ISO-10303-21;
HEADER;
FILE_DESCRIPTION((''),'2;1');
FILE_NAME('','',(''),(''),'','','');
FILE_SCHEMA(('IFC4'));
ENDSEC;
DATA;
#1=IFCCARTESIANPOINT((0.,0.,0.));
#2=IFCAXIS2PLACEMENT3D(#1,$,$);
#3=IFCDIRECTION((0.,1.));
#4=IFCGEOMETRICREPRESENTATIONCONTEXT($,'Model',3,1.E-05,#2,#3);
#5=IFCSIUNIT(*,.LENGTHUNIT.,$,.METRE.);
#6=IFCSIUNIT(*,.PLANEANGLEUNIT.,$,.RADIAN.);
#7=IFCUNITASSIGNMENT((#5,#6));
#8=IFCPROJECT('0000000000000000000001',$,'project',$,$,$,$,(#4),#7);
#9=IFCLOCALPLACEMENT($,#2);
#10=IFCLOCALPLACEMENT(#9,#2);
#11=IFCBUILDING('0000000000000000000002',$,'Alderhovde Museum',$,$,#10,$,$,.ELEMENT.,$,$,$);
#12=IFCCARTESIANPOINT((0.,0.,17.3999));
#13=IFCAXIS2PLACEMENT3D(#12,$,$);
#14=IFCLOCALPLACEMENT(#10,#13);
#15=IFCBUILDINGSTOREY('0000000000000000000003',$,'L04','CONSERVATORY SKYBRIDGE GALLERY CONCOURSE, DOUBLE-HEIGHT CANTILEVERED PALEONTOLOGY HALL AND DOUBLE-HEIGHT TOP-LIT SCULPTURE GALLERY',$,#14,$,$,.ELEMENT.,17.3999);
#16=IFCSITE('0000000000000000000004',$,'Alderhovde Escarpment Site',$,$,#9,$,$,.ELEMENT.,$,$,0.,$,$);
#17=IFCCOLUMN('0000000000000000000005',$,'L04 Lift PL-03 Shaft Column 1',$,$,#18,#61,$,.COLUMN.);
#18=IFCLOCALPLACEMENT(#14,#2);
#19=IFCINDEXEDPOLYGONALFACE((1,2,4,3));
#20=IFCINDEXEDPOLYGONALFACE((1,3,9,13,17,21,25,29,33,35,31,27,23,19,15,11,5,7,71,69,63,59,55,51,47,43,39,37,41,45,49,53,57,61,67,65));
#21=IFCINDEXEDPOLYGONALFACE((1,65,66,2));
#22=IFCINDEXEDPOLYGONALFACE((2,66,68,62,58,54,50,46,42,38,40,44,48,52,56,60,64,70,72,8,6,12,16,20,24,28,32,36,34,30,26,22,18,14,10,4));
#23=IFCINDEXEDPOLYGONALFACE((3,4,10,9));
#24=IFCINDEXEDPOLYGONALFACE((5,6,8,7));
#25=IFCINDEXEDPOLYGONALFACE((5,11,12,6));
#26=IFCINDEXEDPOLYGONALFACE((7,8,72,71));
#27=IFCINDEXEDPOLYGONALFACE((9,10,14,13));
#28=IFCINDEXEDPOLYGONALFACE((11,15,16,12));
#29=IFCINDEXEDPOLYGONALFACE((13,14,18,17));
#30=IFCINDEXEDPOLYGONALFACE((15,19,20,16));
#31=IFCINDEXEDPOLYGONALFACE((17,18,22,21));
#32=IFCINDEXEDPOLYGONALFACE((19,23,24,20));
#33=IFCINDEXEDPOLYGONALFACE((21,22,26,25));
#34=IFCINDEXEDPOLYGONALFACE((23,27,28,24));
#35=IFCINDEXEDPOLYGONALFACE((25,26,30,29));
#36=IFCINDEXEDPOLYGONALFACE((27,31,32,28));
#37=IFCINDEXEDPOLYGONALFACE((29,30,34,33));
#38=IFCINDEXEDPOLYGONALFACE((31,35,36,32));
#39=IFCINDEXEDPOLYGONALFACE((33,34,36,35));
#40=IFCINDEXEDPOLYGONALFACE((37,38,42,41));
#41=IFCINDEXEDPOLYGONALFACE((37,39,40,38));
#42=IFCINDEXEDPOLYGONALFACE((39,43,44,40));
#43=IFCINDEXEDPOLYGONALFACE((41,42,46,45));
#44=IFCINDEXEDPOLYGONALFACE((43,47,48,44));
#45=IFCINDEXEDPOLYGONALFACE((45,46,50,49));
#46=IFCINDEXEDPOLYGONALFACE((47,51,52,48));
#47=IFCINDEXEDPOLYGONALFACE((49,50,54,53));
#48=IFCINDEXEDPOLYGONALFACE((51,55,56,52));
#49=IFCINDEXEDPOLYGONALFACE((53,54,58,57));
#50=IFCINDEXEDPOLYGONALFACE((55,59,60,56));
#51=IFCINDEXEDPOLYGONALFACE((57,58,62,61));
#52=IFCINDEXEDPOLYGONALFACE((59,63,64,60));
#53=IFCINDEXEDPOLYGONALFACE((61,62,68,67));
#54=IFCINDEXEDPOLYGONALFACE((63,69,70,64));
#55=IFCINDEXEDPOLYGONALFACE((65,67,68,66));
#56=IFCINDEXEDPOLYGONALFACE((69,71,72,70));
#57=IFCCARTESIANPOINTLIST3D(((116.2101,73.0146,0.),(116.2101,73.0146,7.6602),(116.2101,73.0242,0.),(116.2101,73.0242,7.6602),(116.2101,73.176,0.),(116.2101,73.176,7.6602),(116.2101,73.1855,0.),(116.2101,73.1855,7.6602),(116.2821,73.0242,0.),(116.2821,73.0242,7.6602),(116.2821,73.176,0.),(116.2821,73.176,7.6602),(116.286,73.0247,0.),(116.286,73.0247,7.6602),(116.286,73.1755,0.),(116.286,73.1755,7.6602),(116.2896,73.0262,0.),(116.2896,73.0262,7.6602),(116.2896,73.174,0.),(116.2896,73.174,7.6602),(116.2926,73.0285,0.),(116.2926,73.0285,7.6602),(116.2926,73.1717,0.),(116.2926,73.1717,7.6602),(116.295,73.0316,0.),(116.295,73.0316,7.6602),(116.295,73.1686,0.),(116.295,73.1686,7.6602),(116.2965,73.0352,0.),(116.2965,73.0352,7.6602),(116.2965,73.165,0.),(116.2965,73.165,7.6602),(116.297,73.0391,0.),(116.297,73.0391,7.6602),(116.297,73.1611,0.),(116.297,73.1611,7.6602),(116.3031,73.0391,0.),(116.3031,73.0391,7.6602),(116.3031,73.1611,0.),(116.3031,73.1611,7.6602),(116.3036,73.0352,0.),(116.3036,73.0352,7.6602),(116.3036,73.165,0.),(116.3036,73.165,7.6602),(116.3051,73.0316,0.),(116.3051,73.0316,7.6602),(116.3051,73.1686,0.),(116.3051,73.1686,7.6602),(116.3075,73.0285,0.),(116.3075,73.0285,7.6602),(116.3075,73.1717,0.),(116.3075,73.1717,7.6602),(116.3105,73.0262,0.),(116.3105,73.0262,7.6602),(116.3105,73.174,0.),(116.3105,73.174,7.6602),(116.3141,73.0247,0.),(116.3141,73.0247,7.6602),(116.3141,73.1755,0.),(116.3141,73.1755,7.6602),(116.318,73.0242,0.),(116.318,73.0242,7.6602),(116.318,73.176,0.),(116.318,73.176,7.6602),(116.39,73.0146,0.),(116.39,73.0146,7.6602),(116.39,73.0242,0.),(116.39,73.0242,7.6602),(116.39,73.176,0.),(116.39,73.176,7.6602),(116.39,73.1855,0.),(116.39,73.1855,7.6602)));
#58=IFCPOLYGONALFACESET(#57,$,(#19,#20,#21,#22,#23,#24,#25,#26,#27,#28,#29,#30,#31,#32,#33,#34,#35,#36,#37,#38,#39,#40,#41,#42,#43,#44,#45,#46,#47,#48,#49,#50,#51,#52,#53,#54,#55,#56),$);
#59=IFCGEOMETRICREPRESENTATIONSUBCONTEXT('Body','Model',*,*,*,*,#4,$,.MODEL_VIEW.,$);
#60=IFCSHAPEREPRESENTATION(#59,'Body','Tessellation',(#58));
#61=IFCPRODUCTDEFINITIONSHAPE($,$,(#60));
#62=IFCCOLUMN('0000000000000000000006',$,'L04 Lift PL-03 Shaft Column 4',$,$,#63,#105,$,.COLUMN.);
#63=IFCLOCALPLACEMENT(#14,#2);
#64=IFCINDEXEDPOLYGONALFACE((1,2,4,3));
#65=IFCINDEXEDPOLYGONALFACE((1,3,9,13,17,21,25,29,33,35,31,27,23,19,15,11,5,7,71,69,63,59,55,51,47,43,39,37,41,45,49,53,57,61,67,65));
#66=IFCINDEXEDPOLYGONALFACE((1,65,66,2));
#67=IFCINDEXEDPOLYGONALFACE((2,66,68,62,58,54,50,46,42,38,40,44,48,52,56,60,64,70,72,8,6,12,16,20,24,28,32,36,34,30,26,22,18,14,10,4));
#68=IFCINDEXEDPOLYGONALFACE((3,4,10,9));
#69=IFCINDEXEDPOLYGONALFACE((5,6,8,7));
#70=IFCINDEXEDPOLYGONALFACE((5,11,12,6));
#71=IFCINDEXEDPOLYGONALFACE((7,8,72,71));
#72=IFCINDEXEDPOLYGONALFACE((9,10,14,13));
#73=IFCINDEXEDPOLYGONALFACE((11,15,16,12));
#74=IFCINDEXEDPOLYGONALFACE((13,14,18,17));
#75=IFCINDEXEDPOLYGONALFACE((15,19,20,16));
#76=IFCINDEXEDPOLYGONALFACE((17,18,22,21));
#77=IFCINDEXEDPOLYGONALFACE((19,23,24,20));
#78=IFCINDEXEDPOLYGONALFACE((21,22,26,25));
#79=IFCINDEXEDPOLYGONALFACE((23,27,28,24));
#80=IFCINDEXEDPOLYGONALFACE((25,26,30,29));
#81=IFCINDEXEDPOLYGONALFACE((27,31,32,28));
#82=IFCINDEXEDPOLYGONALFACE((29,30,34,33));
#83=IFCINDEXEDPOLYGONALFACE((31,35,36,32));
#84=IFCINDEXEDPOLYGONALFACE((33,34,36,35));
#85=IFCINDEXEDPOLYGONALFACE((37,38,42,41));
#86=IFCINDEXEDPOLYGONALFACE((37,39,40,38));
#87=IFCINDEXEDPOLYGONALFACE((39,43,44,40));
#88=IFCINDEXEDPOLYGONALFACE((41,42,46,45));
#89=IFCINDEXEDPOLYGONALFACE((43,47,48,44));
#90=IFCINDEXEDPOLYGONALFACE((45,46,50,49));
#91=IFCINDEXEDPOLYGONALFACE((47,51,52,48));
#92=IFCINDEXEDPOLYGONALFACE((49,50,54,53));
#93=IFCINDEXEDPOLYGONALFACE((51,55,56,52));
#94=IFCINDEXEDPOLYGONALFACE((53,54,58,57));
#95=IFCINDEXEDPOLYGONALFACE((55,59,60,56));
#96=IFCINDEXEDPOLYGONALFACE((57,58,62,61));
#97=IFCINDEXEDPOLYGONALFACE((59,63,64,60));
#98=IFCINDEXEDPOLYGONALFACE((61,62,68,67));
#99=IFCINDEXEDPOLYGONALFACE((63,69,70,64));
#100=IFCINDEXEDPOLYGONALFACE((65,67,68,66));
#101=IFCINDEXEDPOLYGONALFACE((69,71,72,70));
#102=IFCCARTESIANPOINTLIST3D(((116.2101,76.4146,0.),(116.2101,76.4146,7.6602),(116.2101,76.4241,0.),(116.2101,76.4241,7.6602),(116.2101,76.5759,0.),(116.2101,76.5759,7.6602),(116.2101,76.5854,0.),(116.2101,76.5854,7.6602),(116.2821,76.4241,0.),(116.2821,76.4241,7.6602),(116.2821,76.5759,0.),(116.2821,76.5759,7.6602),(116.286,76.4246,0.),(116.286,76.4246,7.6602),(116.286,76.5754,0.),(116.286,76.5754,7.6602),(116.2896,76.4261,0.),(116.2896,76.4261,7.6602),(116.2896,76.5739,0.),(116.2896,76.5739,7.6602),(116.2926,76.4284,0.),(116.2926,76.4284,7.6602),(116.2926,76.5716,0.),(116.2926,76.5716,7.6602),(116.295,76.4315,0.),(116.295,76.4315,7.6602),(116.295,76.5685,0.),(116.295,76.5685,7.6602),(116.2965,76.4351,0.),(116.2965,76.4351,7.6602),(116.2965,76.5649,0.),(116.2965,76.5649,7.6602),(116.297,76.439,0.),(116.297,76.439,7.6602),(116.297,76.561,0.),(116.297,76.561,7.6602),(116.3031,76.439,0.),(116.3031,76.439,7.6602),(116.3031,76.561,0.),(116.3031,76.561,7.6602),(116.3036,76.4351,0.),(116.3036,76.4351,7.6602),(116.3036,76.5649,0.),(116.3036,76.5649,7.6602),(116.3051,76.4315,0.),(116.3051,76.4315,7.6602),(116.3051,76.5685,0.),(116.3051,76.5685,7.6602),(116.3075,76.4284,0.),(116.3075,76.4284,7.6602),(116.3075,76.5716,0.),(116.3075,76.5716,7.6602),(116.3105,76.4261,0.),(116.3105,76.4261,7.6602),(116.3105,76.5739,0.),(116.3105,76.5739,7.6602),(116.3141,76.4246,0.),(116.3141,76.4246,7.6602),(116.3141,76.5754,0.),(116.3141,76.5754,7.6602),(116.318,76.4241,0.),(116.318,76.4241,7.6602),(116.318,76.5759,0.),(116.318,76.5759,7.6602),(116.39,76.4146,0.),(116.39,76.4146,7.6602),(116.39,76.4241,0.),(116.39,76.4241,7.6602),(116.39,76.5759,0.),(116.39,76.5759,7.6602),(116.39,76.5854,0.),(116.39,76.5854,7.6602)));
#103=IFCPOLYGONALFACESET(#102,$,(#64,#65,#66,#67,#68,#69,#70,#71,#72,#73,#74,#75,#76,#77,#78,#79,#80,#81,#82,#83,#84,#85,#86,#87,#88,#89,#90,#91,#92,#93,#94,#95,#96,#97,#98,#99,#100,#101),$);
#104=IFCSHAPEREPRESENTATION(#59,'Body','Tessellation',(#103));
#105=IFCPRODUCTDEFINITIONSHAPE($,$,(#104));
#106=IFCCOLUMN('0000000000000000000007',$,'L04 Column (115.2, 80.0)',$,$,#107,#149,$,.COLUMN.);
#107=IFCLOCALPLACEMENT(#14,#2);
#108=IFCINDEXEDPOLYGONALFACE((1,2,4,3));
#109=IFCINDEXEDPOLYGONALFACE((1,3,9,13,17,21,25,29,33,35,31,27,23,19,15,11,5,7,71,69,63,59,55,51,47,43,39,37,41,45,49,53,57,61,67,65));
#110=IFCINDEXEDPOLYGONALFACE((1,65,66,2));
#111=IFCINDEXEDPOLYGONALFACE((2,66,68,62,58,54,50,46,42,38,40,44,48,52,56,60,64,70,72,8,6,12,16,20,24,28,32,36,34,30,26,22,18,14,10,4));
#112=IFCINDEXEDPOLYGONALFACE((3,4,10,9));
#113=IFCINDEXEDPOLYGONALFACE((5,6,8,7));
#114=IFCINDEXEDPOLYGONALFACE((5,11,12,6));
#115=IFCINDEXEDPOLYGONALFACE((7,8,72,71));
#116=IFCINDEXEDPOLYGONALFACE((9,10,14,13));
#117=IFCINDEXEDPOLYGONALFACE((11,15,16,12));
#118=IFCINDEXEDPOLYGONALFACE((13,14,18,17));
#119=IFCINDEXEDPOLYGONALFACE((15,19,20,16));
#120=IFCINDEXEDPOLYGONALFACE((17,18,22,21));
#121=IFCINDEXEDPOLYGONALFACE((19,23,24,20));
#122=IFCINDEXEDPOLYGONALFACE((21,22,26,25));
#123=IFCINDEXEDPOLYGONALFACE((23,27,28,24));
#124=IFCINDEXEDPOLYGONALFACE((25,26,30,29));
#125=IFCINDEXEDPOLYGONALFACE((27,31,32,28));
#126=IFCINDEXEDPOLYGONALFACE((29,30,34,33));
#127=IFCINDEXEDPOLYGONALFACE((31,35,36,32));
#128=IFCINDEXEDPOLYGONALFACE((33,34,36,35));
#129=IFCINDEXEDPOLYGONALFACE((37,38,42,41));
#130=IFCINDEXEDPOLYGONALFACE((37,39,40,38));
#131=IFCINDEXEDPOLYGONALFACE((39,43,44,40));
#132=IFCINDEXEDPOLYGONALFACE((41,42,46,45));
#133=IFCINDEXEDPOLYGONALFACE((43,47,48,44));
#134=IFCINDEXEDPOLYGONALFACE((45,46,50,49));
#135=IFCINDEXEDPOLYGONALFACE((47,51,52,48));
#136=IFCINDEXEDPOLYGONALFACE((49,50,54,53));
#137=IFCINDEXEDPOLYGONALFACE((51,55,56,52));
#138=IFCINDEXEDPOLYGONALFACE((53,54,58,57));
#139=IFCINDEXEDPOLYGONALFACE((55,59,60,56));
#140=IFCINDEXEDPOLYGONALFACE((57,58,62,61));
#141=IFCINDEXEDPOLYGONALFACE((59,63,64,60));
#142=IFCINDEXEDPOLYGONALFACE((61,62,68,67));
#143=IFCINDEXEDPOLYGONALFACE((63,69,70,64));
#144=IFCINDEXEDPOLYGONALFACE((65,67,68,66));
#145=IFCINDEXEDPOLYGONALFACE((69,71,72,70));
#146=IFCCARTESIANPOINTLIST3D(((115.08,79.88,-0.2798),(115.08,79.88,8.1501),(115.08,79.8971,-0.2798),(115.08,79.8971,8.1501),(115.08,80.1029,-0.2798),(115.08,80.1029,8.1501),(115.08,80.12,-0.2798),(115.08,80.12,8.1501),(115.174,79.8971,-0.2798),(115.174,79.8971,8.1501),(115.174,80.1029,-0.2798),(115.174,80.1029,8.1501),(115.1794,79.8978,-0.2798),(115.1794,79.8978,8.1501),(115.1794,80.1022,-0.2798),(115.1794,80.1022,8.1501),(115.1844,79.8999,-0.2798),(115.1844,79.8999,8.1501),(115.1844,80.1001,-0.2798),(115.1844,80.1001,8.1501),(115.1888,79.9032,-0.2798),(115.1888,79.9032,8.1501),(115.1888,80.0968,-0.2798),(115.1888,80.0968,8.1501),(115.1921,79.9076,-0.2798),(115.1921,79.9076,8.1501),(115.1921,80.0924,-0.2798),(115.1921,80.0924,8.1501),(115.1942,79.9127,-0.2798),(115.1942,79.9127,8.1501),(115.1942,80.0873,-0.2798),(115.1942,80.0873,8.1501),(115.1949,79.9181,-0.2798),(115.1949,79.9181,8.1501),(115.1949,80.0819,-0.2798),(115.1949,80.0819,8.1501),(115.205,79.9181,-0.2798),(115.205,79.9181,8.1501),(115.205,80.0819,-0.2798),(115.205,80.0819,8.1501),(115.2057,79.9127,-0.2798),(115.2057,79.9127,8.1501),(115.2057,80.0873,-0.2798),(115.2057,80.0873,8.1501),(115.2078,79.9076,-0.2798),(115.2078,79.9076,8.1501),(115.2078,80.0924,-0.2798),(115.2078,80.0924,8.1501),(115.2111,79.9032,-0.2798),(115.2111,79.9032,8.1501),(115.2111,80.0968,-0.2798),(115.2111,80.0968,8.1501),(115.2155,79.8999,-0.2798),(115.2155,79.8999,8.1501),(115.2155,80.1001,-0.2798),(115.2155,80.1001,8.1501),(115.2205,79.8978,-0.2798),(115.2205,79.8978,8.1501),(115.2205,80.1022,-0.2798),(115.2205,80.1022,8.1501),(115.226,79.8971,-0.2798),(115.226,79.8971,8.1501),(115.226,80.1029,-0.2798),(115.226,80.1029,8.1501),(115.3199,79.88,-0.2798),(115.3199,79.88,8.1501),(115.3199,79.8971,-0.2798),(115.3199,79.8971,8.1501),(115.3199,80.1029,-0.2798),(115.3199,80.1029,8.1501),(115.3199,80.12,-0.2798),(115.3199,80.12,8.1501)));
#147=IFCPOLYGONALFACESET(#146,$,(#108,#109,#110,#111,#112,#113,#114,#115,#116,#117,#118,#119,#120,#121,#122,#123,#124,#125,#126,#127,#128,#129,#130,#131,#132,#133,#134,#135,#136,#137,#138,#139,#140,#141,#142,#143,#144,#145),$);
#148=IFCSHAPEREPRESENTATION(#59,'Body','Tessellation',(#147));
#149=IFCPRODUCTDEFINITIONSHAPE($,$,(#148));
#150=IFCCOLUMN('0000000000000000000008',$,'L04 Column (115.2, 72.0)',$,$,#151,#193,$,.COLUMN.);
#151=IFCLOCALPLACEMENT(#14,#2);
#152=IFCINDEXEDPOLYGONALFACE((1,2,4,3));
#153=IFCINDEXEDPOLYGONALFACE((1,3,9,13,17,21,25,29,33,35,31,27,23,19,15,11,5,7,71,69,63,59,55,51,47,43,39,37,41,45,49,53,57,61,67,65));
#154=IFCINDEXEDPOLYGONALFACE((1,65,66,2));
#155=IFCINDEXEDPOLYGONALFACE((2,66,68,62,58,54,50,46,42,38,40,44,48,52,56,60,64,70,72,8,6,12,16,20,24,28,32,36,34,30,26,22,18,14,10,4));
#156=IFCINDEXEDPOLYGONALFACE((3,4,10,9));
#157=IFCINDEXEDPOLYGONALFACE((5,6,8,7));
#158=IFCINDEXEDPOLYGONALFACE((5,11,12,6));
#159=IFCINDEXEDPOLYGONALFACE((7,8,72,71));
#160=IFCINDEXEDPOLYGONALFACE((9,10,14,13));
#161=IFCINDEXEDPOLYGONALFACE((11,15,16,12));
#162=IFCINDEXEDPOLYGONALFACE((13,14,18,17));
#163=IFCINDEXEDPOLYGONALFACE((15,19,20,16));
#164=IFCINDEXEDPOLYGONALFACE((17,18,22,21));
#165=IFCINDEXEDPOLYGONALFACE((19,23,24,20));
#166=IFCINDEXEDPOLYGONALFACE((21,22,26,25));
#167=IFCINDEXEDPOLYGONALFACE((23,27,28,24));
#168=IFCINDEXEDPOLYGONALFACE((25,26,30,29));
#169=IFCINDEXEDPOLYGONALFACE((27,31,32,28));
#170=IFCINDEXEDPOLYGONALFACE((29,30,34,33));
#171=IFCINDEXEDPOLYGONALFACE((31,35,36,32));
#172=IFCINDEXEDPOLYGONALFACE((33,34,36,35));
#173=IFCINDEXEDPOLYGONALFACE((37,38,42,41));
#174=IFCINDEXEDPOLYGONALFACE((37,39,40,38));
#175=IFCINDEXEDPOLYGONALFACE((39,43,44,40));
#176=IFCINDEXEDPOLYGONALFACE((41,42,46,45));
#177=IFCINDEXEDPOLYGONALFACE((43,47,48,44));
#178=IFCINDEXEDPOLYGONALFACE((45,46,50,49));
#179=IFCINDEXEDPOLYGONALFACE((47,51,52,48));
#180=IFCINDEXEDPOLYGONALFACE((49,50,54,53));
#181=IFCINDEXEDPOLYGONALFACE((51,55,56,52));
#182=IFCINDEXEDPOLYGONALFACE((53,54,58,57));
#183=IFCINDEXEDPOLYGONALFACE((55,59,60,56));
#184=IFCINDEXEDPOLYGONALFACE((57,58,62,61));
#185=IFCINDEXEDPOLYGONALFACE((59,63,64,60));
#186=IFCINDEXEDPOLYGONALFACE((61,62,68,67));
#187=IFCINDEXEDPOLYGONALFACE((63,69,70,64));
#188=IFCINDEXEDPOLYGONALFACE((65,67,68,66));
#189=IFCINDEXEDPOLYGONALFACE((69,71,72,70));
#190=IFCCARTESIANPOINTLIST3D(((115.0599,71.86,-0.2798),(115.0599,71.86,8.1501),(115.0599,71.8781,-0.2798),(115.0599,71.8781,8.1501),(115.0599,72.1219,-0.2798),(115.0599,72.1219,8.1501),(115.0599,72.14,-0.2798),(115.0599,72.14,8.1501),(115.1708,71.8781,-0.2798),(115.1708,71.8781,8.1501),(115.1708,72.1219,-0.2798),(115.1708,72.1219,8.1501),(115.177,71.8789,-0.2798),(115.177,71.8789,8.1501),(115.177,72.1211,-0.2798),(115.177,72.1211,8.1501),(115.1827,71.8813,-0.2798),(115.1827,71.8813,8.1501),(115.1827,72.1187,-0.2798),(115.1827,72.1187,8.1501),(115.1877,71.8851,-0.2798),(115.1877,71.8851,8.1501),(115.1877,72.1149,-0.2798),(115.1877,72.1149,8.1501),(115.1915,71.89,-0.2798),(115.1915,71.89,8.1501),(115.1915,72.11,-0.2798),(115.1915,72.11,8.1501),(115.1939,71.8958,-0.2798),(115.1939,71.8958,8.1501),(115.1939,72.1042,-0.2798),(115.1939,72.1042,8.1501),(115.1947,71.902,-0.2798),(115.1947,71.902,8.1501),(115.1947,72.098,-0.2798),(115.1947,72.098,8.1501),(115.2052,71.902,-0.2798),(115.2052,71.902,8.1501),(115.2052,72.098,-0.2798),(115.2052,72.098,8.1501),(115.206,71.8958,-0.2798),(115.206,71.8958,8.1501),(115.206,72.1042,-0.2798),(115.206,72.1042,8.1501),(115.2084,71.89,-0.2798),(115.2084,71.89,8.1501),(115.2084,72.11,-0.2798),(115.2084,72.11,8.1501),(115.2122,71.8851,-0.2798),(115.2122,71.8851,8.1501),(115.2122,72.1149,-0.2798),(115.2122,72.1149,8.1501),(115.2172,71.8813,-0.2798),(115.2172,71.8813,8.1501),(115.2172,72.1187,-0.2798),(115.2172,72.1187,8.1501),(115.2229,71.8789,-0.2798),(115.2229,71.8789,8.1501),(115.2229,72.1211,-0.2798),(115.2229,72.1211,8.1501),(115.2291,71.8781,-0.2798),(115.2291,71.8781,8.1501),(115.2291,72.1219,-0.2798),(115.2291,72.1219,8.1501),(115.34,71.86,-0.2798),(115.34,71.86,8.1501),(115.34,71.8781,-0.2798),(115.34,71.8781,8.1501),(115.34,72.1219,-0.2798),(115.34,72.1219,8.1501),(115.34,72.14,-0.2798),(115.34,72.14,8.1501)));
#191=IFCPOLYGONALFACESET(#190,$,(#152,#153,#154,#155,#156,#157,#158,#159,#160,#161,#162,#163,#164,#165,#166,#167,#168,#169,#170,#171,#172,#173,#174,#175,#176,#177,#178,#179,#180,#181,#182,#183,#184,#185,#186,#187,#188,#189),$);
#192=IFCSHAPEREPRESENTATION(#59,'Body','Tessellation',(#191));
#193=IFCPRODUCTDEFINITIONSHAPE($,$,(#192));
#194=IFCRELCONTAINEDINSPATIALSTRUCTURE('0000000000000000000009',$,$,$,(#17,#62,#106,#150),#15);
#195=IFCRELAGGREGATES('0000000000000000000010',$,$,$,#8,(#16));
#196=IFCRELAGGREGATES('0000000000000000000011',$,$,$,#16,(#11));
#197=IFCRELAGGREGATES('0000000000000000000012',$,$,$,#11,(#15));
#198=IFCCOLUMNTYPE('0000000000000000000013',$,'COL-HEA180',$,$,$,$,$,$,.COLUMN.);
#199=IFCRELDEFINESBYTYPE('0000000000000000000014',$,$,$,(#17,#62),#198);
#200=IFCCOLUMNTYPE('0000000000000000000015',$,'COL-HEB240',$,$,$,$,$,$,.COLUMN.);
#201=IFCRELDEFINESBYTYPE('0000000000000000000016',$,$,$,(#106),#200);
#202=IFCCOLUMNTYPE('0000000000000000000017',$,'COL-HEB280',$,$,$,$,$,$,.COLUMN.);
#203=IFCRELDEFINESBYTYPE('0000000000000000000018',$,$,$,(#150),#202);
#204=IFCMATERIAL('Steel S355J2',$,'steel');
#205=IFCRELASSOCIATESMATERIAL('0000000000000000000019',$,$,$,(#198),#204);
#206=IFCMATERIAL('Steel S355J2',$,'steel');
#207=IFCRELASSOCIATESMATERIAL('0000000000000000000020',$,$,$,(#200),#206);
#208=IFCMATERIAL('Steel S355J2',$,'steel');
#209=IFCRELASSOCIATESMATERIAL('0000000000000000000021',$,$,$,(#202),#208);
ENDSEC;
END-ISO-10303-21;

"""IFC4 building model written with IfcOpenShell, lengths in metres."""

from ifc_helpers import new_model, si_unit, direction, frame, origin, origin_2d, place, context, subcontext, project, spatial, i_section, extrude, material, material_profile, profile_set, type_object, element, save


model = new_model("IFC4")

# Units and contexts
model_context = context("Model", 3, precision=1e-05, world=origin(), true_north=direction((0.0, 1.0)))
body_context = subcontext(model_context, "Body", "Model", "MODEL_VIEW")
ifc_project = project(units=[si_unit("LENGTHUNIT", "METRE"), si_unit("PLANEANGLEUNIT", "RADIAN")], contexts=[model_context])

# Site, building, storey
site_placement = place(None, origin())
site = spatial("IfcSite", under=ifc_project, at=site_placement, Name="Alderhovde Escarpment Site", CompositionType="ELEMENT", RefElevation=0.0)
building_placement = place(site_placement, origin())
building = spatial("IfcBuilding", under=site, at=building_placement, Name="Alderhovde Museum", CompositionType="ELEMENT")
storey_placement = place(building_placement, frame((0.0, 0.0, 17.3999)))
storey = spatial("IfcBuildingStorey", under=building, at=storey_placement, Name="L04", Description="CONSERVATORY SKYBRIDGE GALLERY CONCOURSE, DOUBLE-HEIGHT CANTILEVERED PALEONTOLOGY HALL AND DOUBLE-HEIGHT TOP-LIT SCULPTURE GALLERY", CompositionType="ELEMENT", Elevation=17.3999)

# Columns
ifc_material_1 = material(Name="Steel S355J2", Category="steel")
ifc_material_profile_1 = material_profile(ifc_material_1, i_section(OverallWidth=0.1799, OverallDepth=0.1709, WebThickness=0.0061, FlangeThickness=0.0095, FilletRadius=0.0149, at=origin_2d()), Name="HEA 180")
ifc_profile_set_1 = profile_set([ifc_material_profile_1], Name="Steel S355J2")
column_type_1 = type_object("IfcColumnType", Name="COL-HEA180", PredefinedType="COLUMN", material=ifc_profile_set_1)
for number, where, z_axis, x_axis, name in (
    (1, (116.3, 73.1001, 0.0), (0.0, 0.0, 1.0), (1.0, 0.0, 0.0), "L04 Lift PL-03 Shaft Column 1"),
    (2, (116.3, 76.5, 0.0), (0.0, 0.0, 1.0), (1.0, 0.0, 0.0), "L04 Lift PL-03 Shaft Column 4"),
):
    element("IfcColumn", number, at=place(storey_placement, frame(where, z_axis=z_axis, x_axis=x_axis)), inside=storey, type_object=column_type_1, Name=name, PredefinedType="COLUMN", context=body_context, shape_type="SweptSolid", body=[
        extrude(i_section(OverallWidth=0.1799, OverallDepth=0.1709, WebThickness=0.0061, FlangeThickness=0.0095, FilletRadius=0.0149, at=origin_2d()), origin(), (0.0, 0.0, 1.0), 7.6602),
    ])
ifc_material_2 = material(Name="Steel S355J2", Category="steel")
ifc_material_profile_2 = material_profile(ifc_material_2, i_section(OverallWidth=0.24, OverallDepth=0.24, WebThickness=0.01, FlangeThickness=0.0171, FilletRadius=0.021, at=origin_2d()), Name="HEB 240")
ifc_profile_set_2 = profile_set([ifc_material_profile_2], Name="Steel S355J2")
column_type_2 = type_object("IfcColumnType", Name="COL-HEB240", PredefinedType="COLUMN", material=ifc_profile_set_2)
column_1_placement = place(storey_placement, frame((115.2, 80.0, -0.2798), z_axis=(0.0, 0.0, 1.0), x_axis=(1.0, 0.0, 0.0)))
element("IfcColumn", 3, at=column_1_placement, inside=storey, type_object=column_type_2, Name="L04 Column (115.2, 80.0)", PredefinedType="COLUMN", context=body_context, shape_type="SweptSolid", body=[
    extrude(i_section(OverallWidth=0.24, OverallDepth=0.24, WebThickness=0.01, FlangeThickness=0.0171, FilletRadius=0.021, at=origin_2d()), origin(), (0.0, 0.0, 1.0), 8.4299),
])
ifc_material_3 = material(Name="Steel S355J2", Category="steel")
ifc_material_profile_3 = material_profile(ifc_material_3, i_section(OverallWidth=0.28, OverallDepth=0.28, WebThickness=0.0105, FlangeThickness=0.0181, FilletRadius=0.0239, at=origin_2d()), Name="HEB 280")
ifc_profile_set_3 = profile_set([ifc_material_profile_3], Name="Steel S355J2")
column_type_3 = type_object("IfcColumnType", Name="COL-HEB280", PredefinedType="COLUMN", material=ifc_profile_set_3)
column_2_placement = place(storey_placement, frame((115.2, 72.0, -0.2798), z_axis=(0.0, 0.0, 1.0), x_axis=(1.0, 0.0, 0.0)))
element("IfcColumn", 4, at=column_2_placement, inside=storey, type_object=column_type_3, Name="L04 Column (115.2, 72.0)", PredefinedType="COLUMN", context=body_context, shape_type="SweptSolid", body=[
    extrude(i_section(OverallWidth=0.28, OverallDepth=0.28, WebThickness=0.0105, FlangeThickness=0.0181, FilletRadius=0.0239, at=origin_2d()), origin(), (0.0, 0.0, 1.0), 8.4299),
])

save(model, "model.ifc")
